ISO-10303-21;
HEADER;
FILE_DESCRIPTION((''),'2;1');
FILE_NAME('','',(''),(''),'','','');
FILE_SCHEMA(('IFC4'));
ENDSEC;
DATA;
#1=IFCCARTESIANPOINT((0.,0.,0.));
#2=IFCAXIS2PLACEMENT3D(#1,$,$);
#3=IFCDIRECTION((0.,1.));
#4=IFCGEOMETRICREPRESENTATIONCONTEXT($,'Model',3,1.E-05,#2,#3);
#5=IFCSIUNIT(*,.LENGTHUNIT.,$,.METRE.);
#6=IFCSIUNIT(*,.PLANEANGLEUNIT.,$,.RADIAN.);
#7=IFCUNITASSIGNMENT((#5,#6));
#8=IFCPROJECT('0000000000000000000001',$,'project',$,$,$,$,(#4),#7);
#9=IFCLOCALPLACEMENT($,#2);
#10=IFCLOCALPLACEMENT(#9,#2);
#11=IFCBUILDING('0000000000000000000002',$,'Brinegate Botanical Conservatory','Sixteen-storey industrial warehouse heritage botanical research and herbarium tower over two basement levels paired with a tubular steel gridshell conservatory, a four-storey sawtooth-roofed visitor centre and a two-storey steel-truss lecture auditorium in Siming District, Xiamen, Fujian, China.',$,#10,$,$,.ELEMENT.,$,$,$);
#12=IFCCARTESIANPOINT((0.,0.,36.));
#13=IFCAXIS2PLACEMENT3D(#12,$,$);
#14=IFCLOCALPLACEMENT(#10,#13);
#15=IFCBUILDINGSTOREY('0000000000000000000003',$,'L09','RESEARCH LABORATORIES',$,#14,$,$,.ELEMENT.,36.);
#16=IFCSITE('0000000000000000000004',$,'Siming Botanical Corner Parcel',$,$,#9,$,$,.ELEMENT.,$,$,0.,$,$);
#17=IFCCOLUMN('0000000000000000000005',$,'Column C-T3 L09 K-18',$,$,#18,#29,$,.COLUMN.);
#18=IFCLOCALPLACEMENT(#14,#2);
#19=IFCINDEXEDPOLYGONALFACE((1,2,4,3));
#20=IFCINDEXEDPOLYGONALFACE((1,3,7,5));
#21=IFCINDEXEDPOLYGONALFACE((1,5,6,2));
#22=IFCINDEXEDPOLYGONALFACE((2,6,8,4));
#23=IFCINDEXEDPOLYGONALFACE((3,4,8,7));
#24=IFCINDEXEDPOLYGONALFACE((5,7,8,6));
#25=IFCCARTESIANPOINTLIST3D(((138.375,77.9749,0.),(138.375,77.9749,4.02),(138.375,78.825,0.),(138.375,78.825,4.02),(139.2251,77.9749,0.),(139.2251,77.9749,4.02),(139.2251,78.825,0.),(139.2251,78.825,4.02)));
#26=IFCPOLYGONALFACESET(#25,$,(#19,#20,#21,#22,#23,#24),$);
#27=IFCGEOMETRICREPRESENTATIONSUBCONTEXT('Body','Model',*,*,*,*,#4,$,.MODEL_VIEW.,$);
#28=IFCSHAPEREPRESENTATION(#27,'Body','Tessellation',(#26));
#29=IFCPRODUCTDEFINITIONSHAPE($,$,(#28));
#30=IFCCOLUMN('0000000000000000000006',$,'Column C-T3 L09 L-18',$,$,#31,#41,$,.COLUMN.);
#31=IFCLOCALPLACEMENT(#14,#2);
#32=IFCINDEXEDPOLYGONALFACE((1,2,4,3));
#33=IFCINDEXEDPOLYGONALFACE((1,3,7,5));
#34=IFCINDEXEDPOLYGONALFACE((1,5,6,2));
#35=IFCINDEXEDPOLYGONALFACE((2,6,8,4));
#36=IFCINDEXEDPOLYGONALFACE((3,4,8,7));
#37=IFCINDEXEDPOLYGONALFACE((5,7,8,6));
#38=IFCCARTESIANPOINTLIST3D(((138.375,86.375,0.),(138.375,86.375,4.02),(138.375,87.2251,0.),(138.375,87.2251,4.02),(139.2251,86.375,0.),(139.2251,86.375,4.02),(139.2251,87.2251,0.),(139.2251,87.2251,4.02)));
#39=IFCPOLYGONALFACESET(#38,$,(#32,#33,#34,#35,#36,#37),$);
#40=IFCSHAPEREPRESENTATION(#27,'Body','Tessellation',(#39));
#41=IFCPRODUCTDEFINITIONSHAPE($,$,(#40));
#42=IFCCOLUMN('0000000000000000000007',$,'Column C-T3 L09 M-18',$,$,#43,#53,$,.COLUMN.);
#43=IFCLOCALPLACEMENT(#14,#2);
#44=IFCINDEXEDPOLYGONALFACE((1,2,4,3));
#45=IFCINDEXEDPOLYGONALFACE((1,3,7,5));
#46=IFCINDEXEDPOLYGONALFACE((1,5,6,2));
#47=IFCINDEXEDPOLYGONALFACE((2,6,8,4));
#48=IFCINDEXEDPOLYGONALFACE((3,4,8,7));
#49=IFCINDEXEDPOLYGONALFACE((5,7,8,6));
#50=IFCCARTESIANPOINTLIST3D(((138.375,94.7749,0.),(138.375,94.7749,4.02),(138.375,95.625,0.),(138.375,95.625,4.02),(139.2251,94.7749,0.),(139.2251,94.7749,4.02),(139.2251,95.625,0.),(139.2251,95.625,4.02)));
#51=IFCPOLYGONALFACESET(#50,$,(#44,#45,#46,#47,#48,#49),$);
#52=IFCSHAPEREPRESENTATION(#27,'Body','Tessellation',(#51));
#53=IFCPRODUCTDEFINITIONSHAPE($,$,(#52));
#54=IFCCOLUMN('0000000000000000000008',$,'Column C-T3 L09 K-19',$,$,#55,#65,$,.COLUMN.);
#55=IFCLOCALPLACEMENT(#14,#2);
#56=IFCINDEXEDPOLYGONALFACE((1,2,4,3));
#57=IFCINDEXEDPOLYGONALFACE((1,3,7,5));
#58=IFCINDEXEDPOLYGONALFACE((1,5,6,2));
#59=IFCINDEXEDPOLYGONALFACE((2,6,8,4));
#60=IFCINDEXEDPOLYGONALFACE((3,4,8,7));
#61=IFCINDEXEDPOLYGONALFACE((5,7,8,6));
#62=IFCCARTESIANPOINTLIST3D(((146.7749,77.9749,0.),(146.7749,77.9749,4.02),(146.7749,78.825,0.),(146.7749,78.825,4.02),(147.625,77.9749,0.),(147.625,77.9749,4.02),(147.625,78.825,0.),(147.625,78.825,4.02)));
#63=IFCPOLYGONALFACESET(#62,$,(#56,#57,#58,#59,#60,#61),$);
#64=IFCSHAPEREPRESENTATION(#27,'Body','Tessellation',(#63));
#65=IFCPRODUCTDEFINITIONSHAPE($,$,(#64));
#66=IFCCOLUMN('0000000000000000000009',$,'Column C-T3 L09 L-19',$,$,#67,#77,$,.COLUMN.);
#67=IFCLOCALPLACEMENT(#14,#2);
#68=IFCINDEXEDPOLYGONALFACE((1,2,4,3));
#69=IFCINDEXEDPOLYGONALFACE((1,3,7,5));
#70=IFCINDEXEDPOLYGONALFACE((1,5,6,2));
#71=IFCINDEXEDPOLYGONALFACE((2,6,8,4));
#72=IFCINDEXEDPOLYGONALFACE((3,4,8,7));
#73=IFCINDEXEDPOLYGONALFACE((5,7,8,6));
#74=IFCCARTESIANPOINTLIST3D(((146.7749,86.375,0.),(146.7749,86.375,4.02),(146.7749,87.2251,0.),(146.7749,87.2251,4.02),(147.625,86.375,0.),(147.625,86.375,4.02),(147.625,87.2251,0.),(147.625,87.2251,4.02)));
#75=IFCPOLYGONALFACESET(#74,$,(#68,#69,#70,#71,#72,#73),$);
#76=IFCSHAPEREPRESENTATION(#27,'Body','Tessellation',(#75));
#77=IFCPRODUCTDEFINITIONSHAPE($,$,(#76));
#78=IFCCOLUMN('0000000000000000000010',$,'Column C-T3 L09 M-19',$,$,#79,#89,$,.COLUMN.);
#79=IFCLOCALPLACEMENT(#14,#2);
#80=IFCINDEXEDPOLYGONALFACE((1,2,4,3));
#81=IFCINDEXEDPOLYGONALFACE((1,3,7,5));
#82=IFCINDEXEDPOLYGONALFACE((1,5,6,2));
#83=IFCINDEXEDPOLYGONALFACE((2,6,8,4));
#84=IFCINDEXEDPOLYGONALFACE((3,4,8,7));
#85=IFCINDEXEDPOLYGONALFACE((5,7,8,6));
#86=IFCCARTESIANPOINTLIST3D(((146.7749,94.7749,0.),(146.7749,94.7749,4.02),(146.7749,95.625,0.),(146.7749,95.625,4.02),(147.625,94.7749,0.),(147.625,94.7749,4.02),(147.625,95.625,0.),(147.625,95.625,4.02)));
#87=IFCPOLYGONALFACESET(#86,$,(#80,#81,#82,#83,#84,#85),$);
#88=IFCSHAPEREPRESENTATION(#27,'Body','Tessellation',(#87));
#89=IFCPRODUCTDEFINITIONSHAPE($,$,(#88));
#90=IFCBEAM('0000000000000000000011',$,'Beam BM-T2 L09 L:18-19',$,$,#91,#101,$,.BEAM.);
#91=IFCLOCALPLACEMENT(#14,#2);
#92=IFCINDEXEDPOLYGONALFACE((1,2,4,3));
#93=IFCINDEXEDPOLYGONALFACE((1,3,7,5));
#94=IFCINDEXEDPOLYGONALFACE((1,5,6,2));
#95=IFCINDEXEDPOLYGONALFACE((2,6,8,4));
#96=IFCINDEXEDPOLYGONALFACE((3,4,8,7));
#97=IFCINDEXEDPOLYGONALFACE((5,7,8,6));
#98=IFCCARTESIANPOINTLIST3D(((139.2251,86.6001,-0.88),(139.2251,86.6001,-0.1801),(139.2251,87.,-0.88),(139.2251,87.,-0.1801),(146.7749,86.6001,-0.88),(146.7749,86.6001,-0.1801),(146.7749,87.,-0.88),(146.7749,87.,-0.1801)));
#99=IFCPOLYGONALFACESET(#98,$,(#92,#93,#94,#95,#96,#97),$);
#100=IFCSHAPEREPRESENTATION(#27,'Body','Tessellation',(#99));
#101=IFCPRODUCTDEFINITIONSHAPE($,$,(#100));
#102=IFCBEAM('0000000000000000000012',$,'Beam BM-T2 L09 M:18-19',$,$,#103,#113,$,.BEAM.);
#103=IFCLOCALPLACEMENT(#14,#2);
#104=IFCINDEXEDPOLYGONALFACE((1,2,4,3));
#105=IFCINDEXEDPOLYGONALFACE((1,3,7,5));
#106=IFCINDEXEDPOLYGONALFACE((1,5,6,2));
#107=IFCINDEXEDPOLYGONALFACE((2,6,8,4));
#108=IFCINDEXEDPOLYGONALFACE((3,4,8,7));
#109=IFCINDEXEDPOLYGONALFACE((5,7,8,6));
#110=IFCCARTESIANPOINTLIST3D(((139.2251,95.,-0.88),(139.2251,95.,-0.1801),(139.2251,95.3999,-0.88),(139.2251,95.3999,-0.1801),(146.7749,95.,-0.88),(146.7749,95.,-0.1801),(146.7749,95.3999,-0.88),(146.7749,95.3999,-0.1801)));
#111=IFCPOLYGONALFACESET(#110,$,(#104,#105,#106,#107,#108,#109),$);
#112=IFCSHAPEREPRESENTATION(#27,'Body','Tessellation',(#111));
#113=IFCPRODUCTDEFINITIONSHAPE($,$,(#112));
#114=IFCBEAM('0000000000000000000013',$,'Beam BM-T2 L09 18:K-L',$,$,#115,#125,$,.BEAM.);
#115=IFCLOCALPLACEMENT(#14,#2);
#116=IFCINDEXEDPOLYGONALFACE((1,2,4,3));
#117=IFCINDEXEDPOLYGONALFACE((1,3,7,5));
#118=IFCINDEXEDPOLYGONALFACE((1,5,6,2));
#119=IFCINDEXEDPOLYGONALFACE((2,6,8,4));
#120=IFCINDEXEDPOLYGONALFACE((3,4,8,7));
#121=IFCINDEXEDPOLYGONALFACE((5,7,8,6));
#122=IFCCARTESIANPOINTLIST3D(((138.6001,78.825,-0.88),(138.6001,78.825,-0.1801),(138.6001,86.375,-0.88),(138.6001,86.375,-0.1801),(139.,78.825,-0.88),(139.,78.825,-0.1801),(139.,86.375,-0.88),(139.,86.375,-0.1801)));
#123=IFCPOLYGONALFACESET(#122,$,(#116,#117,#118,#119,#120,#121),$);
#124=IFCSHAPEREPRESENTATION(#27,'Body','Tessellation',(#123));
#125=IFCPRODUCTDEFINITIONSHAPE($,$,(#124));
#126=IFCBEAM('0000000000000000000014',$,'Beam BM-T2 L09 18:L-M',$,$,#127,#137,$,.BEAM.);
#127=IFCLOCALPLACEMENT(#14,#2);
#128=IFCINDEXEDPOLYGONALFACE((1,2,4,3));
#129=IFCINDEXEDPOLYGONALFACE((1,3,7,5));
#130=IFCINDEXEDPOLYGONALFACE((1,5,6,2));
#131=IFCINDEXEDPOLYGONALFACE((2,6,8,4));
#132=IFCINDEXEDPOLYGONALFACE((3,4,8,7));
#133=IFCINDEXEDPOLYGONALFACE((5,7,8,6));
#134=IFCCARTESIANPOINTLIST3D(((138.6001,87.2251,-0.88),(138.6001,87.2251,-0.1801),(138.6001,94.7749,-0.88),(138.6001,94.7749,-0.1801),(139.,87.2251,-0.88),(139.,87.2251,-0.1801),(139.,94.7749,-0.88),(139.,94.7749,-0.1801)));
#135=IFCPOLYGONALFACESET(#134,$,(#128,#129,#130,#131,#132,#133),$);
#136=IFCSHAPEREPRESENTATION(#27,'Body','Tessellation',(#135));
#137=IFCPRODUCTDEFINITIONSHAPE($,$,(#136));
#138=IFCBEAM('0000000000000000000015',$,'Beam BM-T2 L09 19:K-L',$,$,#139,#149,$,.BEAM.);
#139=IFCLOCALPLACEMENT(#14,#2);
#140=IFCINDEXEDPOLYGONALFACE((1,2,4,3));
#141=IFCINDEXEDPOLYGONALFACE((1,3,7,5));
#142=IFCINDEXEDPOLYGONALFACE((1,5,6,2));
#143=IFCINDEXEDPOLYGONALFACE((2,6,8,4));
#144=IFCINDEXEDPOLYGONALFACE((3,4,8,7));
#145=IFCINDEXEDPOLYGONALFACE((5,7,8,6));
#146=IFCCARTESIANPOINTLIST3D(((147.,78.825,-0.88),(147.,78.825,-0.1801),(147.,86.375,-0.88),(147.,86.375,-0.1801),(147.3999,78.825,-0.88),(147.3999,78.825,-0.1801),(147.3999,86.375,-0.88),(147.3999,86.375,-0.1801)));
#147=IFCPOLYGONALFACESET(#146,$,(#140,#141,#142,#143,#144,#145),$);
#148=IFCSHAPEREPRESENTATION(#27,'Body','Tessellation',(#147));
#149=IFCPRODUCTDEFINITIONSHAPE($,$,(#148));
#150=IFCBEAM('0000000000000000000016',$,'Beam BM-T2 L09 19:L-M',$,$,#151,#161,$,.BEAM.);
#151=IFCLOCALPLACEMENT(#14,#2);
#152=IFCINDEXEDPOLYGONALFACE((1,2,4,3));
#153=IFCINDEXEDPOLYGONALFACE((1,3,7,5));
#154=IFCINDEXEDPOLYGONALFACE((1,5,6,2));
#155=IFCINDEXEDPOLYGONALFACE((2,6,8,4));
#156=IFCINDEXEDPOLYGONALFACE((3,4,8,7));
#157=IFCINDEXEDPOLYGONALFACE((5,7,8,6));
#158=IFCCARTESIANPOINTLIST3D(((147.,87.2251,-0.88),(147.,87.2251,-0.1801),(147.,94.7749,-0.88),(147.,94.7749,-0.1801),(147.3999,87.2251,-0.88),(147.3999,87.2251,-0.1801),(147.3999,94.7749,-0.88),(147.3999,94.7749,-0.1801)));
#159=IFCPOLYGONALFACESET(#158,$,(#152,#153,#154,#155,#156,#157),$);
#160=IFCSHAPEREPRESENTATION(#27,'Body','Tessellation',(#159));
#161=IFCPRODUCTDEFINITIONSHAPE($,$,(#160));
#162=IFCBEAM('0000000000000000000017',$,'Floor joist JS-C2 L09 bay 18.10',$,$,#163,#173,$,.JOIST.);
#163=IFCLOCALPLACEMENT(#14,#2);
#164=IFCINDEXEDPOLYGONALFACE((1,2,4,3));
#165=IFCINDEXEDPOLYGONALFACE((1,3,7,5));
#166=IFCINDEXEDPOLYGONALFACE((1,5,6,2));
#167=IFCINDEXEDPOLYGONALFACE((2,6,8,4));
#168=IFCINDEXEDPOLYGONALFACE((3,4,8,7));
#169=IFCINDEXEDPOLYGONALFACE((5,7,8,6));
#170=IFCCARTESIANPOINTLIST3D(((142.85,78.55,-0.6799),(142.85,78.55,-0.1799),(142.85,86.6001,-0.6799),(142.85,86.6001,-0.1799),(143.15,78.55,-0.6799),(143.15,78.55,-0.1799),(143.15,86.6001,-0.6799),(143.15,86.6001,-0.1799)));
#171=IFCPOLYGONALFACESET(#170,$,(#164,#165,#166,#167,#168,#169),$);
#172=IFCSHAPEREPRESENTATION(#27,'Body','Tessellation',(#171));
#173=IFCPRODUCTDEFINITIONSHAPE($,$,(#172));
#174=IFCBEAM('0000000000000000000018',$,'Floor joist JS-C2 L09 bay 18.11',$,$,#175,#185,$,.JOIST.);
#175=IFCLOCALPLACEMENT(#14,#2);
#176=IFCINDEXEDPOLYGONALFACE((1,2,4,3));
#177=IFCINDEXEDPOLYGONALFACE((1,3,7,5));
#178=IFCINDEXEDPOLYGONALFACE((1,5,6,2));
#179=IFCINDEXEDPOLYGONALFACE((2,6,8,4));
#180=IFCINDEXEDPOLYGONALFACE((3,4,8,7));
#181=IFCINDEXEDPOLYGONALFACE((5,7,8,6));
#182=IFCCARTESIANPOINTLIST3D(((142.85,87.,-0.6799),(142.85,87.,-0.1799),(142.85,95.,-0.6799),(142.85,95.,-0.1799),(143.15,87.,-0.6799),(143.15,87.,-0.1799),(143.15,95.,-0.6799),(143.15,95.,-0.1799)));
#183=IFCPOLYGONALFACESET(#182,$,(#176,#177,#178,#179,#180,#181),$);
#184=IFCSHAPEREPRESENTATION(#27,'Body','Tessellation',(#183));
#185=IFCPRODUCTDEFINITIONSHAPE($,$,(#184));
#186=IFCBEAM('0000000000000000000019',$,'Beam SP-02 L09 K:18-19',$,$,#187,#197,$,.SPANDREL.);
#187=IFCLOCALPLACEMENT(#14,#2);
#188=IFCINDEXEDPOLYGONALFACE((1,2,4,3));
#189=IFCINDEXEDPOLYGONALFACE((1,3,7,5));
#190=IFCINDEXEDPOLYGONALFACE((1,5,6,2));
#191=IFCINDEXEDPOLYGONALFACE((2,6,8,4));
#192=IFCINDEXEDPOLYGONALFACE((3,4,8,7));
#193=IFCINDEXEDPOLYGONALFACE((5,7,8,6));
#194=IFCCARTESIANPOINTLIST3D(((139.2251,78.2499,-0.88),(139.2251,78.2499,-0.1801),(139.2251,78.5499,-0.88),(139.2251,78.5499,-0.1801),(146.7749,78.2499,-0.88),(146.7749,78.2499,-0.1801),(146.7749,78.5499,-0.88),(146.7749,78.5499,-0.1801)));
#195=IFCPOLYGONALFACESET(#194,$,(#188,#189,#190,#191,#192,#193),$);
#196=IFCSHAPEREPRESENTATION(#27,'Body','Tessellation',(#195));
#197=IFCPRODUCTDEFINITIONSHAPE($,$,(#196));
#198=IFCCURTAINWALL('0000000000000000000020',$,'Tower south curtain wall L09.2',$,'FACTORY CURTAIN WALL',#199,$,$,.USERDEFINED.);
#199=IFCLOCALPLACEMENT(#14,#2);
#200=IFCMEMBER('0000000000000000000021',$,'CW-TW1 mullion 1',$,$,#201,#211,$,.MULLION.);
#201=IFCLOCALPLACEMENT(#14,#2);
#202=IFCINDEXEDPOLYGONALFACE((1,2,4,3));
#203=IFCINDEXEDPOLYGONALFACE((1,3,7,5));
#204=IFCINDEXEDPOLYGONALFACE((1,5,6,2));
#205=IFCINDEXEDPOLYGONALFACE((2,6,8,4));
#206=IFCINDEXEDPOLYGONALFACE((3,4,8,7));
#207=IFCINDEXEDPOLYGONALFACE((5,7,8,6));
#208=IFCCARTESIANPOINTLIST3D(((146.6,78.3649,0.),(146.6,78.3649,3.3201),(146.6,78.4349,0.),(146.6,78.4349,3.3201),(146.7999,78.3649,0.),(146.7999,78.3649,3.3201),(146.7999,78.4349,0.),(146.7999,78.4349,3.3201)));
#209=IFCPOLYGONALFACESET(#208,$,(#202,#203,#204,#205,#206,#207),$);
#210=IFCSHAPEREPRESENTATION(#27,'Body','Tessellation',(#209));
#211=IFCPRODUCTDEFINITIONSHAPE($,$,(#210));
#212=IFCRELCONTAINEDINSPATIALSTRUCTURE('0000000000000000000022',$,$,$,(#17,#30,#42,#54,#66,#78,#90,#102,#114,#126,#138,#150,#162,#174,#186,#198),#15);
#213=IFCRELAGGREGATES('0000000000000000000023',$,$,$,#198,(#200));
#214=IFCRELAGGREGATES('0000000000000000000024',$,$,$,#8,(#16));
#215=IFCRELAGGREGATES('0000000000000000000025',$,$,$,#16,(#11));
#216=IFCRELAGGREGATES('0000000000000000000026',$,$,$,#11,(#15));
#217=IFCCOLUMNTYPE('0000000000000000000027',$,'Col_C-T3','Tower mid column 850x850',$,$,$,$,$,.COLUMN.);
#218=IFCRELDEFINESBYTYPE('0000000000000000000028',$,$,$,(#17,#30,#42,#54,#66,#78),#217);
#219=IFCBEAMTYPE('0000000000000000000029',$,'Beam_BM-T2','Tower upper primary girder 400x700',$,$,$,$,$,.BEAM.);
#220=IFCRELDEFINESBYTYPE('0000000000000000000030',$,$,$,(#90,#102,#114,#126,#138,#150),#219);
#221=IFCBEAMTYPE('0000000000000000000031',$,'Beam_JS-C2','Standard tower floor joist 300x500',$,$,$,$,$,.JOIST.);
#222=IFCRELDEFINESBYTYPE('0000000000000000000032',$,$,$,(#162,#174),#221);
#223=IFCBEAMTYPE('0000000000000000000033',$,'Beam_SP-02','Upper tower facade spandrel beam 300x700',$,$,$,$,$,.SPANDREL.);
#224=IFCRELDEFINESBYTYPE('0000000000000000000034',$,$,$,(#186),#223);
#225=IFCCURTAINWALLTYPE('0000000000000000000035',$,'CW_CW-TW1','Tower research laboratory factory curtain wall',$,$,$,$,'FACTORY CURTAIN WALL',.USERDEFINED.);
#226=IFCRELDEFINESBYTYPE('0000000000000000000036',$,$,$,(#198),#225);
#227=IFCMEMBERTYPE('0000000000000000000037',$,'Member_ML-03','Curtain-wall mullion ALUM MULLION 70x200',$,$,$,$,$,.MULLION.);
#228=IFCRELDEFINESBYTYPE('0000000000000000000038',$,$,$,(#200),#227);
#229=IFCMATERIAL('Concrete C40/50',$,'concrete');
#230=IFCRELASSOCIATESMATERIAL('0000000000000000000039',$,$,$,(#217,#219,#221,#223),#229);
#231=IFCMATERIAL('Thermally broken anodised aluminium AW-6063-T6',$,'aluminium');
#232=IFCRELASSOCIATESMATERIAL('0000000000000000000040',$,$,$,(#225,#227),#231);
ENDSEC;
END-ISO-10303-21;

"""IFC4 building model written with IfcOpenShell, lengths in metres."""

from ifc_helpers import new_model, si_unit, direction, frame, origin, origin_2d, place, context, subcontext, project, spatial, rectangle, extrude, material, material_profile, profile_set, type_object, element, aggregate, save


model = new_model("IFC4")

# Units and contexts
model_context = context("Model", 3, precision=1e-05, world=origin(), true_north=direction((0.0, 1.0)))
body_context = subcontext(model_context, "Body", "Model", "MODEL_VIEW")
ifc_project = project(units=[si_unit("LENGTHUNIT", "METRE"), si_unit("PLANEANGLEUNIT", "RADIAN")], contexts=[model_context])

# Site, building, storey
site_placement = place(None, origin())
site = spatial("IfcSite", under=ifc_project, at=site_placement, Name="Siming Botanical Corner Parcel", CompositionType="ELEMENT", RefElevation=0.0)
building_placement = place(site_placement, origin())
building = spatial("IfcBuilding", under=site, at=building_placement, Name="Brinegate Botanical Conservatory", Description="Sixteen-storey industrial warehouse heritage botanical research and herbarium tower over two basement levels paired with a tubular steel gridshell conservatory, a four-storey sawtooth-roofed visitor centre and a two-storey steel-truss lecture auditorium in Siming District, Xiamen, Fujian, China.", CompositionType="ELEMENT")
storey_placement = place(building_placement, frame((0.0, 0.0, 36.0)))
storey = spatial("IfcBuildingStorey", under=building, at=storey_placement, Name="L09", Description="RESEARCH LABORATORIES", CompositionType="ELEMENT", Elevation=36.0)

# Columns
ifc_material_1 = material(Name="Concrete C40/50", Category="concrete")
ifc_material_profile_1 = material_profile(ifc_material_1, rectangle(XDim=0.8501, YDim=0.8501, at=origin_2d()), Name="RC COL 850x850")
ifc_profile_set_1 = profile_set([ifc_material_profile_1], Name="Concrete C40/50")
column_type = type_object("IfcColumnType", Name="Col_C-T3", Description="Tower mid column 850x850", PredefinedType="COLUMN", material=ifc_profile_set_1)
for number, where, z_axis, x_axis, name in (
    (1, (138.8, 78.3999, 0.0), (0.0, 0.0, 1.0), (1.0, 0.0, 0.0), "Column C-T3 L09 K-18"),
    (2, (138.8, 86.8, 0.0), (0.0, 0.0, 1.0), (1.0, 0.0, 0.0), "Column C-T3 L09 L-18"),
    (3, (138.8, 95.2, 0.0), (0.0, 0.0, 1.0), (1.0, 0.0, 0.0), "Column C-T3 L09 M-18"),
    (4, (147.2, 78.3999, 0.0), (0.0, 0.0, 1.0), (1.0, 0.0, 0.0), "Column C-T3 L09 K-19"),
    (5, (147.2, 86.8, 0.0), (0.0, 0.0, 1.0), (1.0, 0.0, 0.0), "Column C-T3 L09 L-19"),
    (6, (147.2, 95.2, 0.0), (0.0, 0.0, 1.0), (1.0, 0.0, 0.0), "Column C-T3 L09 M-19"),
):
    element("IfcColumn", number, at=place(storey_placement, frame(where, z_axis=z_axis, x_axis=x_axis)), inside=storey, type_object=column_type, Name=name, PredefinedType="COLUMN", context=body_context, shape_type="SweptSolid", body=[
        extrude(rectangle(XDim=0.8501, YDim=0.8501, at=origin_2d()), origin(), (0.0, 0.0, 1.0), 4.02),
    ])

# Beams
ifc_material_profile_2 = material_profile(ifc_material_1, rectangle(XDim=0.3999, YDim=0.7, at=origin_2d()), Name="RC BM 400x700")
ifc_profile_set_2 = profile_set([ifc_material_profile_2], Name="Concrete C40/50")
beam_type_1 = type_object("IfcBeamType", Name="Beam_BM-T2", Description="Tower upper primary girder 400x700", PredefinedType="BEAM", material=ifc_profile_set_2)
for number, where, z_axis, x_axis, name in (
    (7, (139.2251, 86.8, -0.53), (1.0, 0.0, 0.0), (0.0, 1.0, 0.0), "Beam BM-T2 L09 L:18-19"),
    (8, (139.2251, 95.2, -0.53), (1.0, 0.0, 0.0), (0.0, 1.0, 0.0), "Beam BM-T2 L09 M:18-19"),
):
    element("IfcBeam", number, at=place(storey_placement, frame(where, z_axis=z_axis, x_axis=x_axis)), inside=storey, type_object=beam_type_1, Name=name, PredefinedType="BEAM", context=body_context, shape_type="SweptSolid", body=[
        extrude(rectangle(XDim=0.3999, YDim=0.7, at=origin_2d()), origin(), (0.0, 0.0, 1.0), 7.5498),
    ])
beam_1_placement = place(storey_placement, frame((138.8, 78.825, -0.53), z_axis=(0.0, 1.0, 0.0), x_axis=(-1.0, 0.0, 0.0)))
element("IfcBeam", 9, at=beam_1_placement, inside=storey, type_object=beam_type_1, Name="Beam BM-T2 L09 18:K-L", PredefinedType="BEAM", context=body_context, shape_type="SweptSolid", body=[
    extrude(rectangle(XDim=0.3999, YDim=0.7, at=origin_2d()), origin(), (0.0, 0.0, 1.0), 7.55),
])
beam_2_placement = place(storey_placement, frame((138.8, 87.2251, -0.53), z_axis=(0.0, 1.0, 0.0), x_axis=(-1.0, 0.0, 0.0)))
element("IfcBeam", 10, at=beam_2_placement, inside=storey, type_object=beam_type_1, Name="Beam BM-T2 L09 18:L-M", PredefinedType="BEAM", context=body_context, shape_type="SweptSolid", body=[
    extrude(rectangle(XDim=0.3999, YDim=0.7, at=origin_2d()), origin(), (0.0, 0.0, 1.0), 7.5498),
])
beam_3_placement = place(storey_placement, frame((147.2, 78.825, -0.53), z_axis=(0.0, 1.0, 0.0), x_axis=(-1.0, 0.0, 0.0)))
element("IfcBeam", 11, at=beam_3_placement, inside=storey, type_object=beam_type_1, Name="Beam BM-T2 L09 19:K-L", PredefinedType="BEAM", context=body_context, shape_type="SweptSolid", body=[
    extrude(rectangle(XDim=0.3999, YDim=0.7, at=origin_2d()), origin(), (0.0, 0.0, 1.0), 7.55),
])
beam_4_placement = place(storey_placement, frame((147.2, 87.2251, -0.53), z_axis=(0.0, 1.0, 0.0), x_axis=(-1.0, 0.0, 0.0)))
element("IfcBeam", 12, at=beam_4_placement, inside=storey, type_object=beam_type_1, Name="Beam BM-T2 L09 19:L-M", PredefinedType="BEAM", context=body_context, shape_type="SweptSolid", body=[
    extrude(rectangle(XDim=0.3999, YDim=0.7, at=origin_2d()), origin(), (0.0, 0.0, 1.0), 7.5498),
])
ifc_material_profile_3 = material_profile(ifc_material_1, rectangle(XDim=0.3, YDim=0.5, at=origin_2d()), Name="RC JST 300x500")
ifc_profile_set_3 = profile_set([ifc_material_profile_3], Name="Concrete C40/50")
beam_type_2 = type_object("IfcBeamType", Name="Beam_JS-C2", Description="Standard tower floor joist 300x500", PredefinedType="JOIST", material=ifc_profile_set_3)
beam_5_placement = place(storey_placement, frame((143.0, 78.55, -0.4299), z_axis=(0.0, 1.0, 0.0), x_axis=(-1.0, 0.0, 0.0)))
element("IfcBeam", 13, at=beam_5_placement, inside=storey, type_object=beam_type_2, Name="Floor joist JS-C2 L09 bay 18.10", PredefinedType="JOIST", context=body_context, shape_type="SweptSolid", body=[
    extrude(rectangle(XDim=0.3, YDim=0.5, at=origin_2d()), origin(), (0.0, 0.0, 1.0), 8.05),
])
beam_6_placement = place(storey_placement, frame((143.0, 87.0, -0.4299), z_axis=(0.0, 1.0, 0.0), x_axis=(-1.0, 0.0, 0.0)))
element("IfcBeam", 14, at=beam_6_placement, inside=storey, type_object=beam_type_2, Name="Floor joist JS-C2 L09 bay 18.11", PredefinedType="JOIST", context=body_context, shape_type="SweptSolid", body=[
    extrude(rectangle(XDim=0.3, YDim=0.5, at=origin_2d()), origin(), (0.0, 0.0, 1.0), 8.0),
])
ifc_material_profile_4 = material_profile(ifc_material_1, rectangle(XDim=0.3, YDim=0.7, at=origin_2d()), Name="RC SPN 300x700")
ifc_profile_set_4 = profile_set([ifc_material_profile_4], Name="Concrete C40/50")
beam_type_3 = type_object("IfcBeamType", Name="Beam_SP-02", Description="Upper tower facade spandrel beam 300x700", PredefinedType="SPANDREL", material=ifc_profile_set_4)
beam_7_placement = place(storey_placement, frame((139.2251, 78.3999, -0.53), z_axis=(1.0, 0.0, 0.0), x_axis=(0.0, 1.0, 0.0)))
element("IfcBeam", 15, at=beam_7_placement, inside=storey, type_object=beam_type_3, Name="Beam SP-02 L09 K:18-19", PredefinedType="SPANDREL", context=body_context, shape_type="SweptSolid", body=[
    extrude(rectangle(XDim=0.3, YDim=0.7, at=origin_2d()), origin(), (0.0, 0.0, 1.0), 7.5498),
])

# Curtain wall, member
ifc_material_2 = material(Name="Thermally broken anodised aluminium AW-6063-T6", Category="aluminium")
curtain_wall_type = type_object("IfcCurtainWallType", Name="CW_CW-TW1", Description="Tower research laboratory factory curtain wall", ElementType="FACTORY CURTAIN WALL", PredefinedType="USERDEFINED", material=ifc_material_2)
curtain_wall_placement = place(storey_placement, origin())
curtain_wall = element("IfcCurtainWall", 16, at=curtain_wall_placement, inside=storey, type_object=curtain_wall_type, Name="Tower south curtain wall L09.2", ObjectType="FACTORY CURTAIN WALL", PredefinedType="USERDEFINED")
ifc_material_profile_5 = material_profile(ifc_material_2, rectangle(XDim=0.0701, YDim=0.2, at=origin_2d()), Name="ALUM MULLION 70x200")
ifc_profile_set_5 = profile_set([ifc_material_profile_5], Name="Thermally broken anodised aluminium AW-6063-T6")
member_type_1 = type_object("IfcMemberType", Name="Member_ML-03", Description="Curtain-wall mullion ALUM MULLION 70x200", PredefinedType="MULLION", material=ifc_profile_set_5)
member_1_placement = place(storey_placement, frame((146.7, 78.3999, 0.0), z_axis=(0.0, 0.0, 1.0), x_axis=(0.0, -1.0, 0.0)))
member_1 = element("IfcMember", 17, at=member_1_placement, type_object=member_type_1, Name="CW-TW1 mullion 1", PredefinedType="MULLION", context=body_context, shape_type="SweptSolid", body=[
    extrude(rectangle(XDim=0.0701, YDim=0.2, at=origin_2d()), origin(), (0.0, 0.0, 1.0), 3.3201),
])
aggregate(curtain_wall, [member_1])

save(model, "model.ifc")
